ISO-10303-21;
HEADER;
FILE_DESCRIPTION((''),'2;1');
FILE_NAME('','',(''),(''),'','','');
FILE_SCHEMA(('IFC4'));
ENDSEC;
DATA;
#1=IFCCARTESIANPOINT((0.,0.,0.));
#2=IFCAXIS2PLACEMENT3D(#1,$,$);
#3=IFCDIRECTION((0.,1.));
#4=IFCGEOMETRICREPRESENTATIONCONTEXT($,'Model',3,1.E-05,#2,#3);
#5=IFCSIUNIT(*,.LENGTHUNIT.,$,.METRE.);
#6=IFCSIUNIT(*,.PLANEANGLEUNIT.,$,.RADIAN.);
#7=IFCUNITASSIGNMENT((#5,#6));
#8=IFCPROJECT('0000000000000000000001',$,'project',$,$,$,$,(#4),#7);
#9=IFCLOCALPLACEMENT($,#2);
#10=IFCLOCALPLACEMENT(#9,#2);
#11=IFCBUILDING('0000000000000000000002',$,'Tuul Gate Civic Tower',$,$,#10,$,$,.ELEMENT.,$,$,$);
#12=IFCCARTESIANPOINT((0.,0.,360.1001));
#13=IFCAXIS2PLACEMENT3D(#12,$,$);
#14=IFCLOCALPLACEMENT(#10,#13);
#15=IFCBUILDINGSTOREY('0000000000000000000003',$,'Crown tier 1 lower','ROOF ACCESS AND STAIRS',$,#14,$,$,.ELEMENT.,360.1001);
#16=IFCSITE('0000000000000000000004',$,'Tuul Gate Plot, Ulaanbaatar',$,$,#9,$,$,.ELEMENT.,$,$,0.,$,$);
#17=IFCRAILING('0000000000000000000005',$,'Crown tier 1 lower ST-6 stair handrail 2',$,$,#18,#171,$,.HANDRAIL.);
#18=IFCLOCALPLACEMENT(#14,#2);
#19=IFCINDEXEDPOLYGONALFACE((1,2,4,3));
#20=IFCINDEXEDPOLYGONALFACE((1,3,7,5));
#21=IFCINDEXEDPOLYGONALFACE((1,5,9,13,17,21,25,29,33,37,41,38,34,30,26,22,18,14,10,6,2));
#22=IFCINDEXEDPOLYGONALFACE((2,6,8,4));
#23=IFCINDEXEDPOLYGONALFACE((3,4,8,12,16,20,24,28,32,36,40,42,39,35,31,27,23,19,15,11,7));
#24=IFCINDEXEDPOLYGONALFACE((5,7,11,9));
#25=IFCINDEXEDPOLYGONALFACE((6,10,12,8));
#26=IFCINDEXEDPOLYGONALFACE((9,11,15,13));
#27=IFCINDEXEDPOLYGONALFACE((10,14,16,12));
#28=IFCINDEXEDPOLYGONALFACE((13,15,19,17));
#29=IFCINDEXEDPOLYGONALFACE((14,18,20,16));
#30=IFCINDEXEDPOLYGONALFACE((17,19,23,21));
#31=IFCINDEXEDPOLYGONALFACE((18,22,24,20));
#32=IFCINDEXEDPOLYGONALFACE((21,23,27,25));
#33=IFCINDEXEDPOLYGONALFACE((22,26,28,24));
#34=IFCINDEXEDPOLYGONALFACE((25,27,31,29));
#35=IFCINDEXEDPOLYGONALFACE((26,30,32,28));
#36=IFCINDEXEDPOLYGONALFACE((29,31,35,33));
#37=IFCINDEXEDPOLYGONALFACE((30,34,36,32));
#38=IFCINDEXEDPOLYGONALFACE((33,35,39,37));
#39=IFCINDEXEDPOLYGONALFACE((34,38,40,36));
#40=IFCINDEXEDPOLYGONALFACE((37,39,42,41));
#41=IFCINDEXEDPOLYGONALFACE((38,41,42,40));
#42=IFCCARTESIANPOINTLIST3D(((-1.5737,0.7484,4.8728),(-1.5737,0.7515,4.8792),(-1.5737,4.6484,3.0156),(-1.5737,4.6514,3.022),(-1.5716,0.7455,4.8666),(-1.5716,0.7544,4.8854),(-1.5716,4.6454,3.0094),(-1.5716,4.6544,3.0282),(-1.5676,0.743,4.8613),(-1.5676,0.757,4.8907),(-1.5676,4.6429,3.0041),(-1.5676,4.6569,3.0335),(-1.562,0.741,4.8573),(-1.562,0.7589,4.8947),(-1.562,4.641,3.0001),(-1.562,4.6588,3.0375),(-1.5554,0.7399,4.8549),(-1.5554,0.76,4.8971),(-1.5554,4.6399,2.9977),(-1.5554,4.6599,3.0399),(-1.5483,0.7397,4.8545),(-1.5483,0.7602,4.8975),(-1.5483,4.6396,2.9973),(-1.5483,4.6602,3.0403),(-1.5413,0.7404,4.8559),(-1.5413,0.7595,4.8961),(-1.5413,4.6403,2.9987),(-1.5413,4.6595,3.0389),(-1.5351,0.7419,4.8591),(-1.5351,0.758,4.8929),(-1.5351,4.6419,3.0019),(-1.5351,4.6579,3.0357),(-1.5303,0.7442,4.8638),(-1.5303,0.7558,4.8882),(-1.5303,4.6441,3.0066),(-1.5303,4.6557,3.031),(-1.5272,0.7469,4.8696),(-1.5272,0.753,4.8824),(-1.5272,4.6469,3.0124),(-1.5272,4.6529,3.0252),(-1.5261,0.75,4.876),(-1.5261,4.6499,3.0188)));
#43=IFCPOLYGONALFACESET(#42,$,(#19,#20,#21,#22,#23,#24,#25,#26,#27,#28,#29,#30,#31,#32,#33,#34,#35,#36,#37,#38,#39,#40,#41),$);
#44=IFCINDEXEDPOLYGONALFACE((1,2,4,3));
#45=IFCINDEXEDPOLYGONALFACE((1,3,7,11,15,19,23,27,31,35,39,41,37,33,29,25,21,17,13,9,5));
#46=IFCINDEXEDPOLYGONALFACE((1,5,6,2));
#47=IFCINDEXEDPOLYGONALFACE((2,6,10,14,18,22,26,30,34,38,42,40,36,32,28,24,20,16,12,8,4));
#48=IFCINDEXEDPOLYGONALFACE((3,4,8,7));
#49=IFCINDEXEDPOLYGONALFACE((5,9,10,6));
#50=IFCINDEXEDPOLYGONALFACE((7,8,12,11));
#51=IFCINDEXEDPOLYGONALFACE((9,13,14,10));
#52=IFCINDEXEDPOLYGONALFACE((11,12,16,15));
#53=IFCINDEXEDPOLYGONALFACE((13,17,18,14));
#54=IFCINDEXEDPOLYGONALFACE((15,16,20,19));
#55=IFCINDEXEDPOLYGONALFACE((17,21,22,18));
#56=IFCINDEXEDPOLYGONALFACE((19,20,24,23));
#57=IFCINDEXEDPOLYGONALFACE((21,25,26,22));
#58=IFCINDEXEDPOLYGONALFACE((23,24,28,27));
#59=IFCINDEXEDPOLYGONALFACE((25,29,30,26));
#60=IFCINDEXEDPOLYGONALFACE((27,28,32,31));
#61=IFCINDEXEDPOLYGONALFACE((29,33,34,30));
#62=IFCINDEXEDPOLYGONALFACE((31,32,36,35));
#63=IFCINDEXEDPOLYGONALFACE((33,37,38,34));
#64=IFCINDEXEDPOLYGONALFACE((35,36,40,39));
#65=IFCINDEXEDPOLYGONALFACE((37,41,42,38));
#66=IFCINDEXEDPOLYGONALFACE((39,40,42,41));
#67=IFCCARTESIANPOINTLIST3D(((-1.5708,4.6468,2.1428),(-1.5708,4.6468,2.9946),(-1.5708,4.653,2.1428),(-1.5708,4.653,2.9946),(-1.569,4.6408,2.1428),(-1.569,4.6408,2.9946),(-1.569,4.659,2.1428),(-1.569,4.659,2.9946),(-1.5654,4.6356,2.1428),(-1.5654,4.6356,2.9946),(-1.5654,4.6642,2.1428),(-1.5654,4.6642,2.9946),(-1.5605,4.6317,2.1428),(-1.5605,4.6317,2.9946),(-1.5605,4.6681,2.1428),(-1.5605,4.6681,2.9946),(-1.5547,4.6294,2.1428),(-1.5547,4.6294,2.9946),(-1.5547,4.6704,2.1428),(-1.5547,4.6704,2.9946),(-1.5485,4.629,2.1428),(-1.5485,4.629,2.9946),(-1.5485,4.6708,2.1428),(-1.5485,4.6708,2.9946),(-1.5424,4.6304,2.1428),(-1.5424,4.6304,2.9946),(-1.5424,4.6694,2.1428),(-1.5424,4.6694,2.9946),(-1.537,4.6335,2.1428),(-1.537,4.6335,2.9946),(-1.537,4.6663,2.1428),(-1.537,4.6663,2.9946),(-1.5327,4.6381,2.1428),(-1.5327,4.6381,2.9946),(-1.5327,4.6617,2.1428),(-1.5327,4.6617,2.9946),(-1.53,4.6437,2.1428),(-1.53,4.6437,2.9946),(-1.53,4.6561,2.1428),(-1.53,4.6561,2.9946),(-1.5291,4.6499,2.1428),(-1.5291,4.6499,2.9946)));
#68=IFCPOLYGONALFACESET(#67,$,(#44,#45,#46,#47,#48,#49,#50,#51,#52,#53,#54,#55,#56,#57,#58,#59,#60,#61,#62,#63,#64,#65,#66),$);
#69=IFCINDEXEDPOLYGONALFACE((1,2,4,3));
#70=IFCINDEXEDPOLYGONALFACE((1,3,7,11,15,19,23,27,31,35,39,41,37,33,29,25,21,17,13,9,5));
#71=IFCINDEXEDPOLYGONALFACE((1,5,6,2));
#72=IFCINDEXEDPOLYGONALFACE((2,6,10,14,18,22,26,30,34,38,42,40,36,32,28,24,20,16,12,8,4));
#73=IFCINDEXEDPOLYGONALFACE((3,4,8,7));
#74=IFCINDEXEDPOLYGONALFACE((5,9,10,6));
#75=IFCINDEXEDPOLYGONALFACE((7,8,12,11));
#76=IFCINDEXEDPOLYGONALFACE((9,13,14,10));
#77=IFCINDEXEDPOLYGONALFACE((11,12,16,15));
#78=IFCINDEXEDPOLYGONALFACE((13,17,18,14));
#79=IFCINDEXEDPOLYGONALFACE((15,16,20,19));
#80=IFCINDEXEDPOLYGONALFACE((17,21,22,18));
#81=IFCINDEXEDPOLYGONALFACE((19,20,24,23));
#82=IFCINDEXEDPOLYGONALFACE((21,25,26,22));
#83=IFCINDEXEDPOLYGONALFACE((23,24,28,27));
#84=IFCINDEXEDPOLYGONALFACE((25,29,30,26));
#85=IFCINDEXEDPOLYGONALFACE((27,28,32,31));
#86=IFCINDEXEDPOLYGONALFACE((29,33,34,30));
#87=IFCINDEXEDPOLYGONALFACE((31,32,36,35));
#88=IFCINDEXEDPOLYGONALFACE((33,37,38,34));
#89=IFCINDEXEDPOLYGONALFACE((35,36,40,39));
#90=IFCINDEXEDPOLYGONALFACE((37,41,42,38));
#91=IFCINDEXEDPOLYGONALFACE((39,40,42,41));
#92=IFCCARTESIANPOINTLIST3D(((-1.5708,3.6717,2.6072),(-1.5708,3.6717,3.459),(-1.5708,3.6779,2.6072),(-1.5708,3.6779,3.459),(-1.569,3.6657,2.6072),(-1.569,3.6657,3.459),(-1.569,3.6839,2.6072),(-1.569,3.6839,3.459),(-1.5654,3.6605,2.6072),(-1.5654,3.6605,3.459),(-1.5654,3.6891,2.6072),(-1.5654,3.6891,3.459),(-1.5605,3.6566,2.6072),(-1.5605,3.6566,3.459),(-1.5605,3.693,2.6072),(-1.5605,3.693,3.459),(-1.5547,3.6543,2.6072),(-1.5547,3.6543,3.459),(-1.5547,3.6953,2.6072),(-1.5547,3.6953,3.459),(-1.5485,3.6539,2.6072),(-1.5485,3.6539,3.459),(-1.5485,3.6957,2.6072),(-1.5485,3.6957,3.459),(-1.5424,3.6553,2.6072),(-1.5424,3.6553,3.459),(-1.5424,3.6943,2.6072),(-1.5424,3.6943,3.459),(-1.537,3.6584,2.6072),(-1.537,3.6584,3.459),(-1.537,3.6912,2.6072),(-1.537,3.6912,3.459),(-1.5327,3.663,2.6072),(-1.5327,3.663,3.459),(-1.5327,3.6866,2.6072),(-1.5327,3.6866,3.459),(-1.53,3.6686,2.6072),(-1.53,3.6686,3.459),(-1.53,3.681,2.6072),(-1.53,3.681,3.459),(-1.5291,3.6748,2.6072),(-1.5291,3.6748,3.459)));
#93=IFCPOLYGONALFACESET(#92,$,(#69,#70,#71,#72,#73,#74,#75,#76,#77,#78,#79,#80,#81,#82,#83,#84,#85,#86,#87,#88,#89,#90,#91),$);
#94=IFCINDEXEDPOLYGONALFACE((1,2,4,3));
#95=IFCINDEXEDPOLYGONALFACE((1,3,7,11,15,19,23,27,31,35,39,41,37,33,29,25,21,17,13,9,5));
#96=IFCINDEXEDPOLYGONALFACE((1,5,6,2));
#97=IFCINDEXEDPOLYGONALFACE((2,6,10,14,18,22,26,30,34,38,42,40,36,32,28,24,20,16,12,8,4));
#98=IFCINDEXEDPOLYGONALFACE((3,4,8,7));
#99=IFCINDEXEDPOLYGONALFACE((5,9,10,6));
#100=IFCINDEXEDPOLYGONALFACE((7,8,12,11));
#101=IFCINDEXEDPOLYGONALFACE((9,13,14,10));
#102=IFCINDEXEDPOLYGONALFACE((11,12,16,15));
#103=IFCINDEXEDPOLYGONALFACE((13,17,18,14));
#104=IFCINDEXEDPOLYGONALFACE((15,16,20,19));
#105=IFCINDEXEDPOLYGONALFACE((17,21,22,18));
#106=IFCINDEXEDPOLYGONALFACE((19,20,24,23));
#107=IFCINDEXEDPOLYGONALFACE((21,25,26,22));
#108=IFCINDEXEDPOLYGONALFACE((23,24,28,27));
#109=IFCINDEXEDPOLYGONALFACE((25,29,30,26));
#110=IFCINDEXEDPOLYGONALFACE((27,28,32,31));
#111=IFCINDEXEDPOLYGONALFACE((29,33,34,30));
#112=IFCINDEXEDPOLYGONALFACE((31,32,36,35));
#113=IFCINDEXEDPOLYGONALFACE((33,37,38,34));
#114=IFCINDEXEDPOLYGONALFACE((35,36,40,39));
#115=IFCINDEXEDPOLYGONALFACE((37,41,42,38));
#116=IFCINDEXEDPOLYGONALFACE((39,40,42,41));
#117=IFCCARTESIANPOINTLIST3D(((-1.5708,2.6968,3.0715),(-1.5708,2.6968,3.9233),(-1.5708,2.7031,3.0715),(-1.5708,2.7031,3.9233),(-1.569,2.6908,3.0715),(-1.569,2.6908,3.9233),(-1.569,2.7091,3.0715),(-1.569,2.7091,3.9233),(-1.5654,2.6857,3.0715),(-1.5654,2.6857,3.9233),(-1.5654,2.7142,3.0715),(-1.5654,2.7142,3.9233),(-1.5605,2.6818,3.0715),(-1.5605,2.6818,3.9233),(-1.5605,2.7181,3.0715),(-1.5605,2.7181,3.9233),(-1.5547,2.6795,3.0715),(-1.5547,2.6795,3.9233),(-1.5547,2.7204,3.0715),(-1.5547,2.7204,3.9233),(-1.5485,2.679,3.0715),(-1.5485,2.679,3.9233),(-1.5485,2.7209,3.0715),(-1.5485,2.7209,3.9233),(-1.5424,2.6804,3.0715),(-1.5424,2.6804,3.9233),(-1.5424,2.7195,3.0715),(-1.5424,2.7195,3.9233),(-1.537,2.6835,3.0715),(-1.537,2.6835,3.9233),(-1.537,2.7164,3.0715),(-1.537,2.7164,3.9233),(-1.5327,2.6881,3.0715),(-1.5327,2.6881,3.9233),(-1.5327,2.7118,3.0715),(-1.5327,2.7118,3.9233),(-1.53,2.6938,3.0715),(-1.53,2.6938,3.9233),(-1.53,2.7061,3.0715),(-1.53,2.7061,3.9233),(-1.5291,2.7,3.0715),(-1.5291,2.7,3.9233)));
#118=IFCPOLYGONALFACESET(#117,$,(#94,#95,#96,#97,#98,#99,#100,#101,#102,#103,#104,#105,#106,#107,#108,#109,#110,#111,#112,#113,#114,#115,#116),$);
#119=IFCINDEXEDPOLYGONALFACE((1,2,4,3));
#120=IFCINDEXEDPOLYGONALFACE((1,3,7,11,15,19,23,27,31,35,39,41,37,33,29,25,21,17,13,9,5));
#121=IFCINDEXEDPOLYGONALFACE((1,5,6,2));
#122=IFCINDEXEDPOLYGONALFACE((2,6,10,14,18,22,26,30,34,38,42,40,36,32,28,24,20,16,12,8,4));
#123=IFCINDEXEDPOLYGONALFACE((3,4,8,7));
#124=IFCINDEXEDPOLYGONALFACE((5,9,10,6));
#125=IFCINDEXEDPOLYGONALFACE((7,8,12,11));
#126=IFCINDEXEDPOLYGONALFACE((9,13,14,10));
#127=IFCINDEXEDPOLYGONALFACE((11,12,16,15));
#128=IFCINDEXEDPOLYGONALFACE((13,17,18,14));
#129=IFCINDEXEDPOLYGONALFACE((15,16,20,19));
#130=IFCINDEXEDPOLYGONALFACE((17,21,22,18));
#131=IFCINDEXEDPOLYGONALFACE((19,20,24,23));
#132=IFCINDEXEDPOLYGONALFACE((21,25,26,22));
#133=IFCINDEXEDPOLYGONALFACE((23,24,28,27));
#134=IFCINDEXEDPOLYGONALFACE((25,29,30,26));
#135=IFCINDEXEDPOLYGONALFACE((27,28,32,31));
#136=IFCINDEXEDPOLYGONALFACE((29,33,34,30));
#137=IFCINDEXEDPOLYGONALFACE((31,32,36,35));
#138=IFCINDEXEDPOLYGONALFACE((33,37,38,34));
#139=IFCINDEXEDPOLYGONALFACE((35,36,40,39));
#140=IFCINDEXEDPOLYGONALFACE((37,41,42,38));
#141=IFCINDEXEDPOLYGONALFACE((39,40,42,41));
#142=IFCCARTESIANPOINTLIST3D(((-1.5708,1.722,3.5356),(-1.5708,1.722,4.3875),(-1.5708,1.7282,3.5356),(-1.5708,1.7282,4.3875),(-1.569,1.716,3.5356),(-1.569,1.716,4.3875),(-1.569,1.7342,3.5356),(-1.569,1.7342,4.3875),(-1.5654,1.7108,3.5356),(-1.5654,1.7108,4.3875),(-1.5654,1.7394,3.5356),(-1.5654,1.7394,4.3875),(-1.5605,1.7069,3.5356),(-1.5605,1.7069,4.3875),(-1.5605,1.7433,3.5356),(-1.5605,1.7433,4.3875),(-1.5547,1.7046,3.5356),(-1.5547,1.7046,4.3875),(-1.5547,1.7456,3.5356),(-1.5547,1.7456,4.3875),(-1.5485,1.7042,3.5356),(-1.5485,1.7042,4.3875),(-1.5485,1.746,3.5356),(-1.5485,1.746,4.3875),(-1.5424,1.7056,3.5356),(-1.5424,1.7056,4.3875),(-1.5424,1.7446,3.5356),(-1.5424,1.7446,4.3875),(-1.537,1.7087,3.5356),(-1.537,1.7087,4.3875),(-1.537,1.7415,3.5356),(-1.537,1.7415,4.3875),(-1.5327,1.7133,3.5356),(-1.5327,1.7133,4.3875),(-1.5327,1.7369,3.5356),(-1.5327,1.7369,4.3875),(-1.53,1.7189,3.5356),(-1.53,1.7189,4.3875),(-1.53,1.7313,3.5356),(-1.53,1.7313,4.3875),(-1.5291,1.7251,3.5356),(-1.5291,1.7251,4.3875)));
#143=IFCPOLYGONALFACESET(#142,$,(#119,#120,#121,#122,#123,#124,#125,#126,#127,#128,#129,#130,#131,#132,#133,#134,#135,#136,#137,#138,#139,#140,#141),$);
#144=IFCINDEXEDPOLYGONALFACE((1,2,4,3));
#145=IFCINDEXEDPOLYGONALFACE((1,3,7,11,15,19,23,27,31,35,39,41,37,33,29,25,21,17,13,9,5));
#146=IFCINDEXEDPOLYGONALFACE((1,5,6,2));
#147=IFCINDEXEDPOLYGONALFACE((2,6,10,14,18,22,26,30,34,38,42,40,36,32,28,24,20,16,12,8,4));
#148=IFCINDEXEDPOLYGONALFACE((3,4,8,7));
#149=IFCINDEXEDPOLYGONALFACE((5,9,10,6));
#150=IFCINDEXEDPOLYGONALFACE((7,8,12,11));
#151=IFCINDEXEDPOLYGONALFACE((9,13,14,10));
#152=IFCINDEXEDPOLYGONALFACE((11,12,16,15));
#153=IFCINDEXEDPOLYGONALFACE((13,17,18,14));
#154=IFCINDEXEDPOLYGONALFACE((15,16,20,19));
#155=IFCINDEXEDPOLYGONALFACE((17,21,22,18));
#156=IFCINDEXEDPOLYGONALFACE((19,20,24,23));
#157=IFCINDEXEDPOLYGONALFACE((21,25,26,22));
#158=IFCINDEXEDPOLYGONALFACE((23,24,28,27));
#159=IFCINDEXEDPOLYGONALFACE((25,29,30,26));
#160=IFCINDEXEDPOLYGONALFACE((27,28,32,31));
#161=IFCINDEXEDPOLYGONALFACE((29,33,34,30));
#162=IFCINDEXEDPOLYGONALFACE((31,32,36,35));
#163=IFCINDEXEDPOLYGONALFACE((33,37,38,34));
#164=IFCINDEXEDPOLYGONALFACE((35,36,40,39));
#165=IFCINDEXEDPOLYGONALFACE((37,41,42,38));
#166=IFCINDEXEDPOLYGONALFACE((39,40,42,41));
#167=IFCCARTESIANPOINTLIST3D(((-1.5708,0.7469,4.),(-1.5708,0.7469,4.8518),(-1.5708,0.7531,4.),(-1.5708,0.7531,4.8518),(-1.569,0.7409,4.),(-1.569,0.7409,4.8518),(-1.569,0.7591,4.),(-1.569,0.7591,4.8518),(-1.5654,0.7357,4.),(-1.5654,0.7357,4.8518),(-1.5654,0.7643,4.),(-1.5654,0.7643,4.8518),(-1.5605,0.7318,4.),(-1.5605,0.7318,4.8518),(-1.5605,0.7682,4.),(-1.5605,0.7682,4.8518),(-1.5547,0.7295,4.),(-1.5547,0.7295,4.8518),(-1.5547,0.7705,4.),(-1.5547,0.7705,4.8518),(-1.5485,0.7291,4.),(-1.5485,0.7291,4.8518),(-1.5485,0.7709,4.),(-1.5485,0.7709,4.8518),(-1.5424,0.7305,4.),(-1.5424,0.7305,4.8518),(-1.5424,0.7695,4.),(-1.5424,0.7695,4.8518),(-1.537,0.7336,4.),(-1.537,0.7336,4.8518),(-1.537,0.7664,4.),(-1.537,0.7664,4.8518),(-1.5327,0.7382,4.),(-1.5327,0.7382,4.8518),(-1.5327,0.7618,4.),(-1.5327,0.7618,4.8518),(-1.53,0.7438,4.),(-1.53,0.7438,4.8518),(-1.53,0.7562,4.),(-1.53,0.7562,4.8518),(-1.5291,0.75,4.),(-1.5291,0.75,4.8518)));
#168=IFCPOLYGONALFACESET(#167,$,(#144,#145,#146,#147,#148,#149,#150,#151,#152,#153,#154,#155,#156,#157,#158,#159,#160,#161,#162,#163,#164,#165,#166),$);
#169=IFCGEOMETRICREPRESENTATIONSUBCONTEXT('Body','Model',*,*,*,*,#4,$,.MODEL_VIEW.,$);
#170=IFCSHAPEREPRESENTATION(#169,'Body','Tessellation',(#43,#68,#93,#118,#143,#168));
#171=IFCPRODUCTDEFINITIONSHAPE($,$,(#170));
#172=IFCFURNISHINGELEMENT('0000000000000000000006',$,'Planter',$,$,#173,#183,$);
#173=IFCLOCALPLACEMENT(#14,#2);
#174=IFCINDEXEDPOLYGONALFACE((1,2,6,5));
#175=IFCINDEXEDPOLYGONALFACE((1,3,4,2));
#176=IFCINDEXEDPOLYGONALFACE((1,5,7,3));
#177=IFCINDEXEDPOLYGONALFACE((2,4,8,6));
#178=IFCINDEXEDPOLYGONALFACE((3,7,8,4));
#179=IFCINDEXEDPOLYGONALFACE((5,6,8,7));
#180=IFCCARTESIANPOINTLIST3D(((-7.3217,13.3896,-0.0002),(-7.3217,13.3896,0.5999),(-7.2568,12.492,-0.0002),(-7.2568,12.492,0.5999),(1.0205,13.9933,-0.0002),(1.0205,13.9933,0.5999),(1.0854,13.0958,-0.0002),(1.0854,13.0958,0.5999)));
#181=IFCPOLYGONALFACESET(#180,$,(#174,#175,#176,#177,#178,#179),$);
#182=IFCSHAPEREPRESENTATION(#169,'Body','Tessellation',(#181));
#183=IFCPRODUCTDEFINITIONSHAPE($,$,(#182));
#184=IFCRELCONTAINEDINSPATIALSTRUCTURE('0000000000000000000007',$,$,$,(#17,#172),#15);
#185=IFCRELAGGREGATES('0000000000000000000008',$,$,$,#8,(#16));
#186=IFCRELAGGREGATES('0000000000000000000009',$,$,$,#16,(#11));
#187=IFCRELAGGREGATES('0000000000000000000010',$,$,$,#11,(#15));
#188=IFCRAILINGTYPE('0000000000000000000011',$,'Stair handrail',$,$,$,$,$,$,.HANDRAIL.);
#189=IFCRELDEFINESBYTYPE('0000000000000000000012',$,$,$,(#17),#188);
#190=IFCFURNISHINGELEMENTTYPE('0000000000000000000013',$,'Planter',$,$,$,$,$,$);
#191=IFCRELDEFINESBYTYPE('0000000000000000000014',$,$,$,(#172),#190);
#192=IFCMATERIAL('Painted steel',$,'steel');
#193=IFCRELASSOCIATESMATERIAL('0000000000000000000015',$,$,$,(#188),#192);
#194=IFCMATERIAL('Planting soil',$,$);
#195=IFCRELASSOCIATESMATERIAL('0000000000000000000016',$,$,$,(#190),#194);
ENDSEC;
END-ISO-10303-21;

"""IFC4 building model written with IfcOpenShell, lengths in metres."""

from ifc_helpers import new_model, si_unit, direction, frame, origin, origin_2d, place, context, subcontext, project, spatial, rectangle, circle, extrude, material, type_object, element, save


model = new_model("IFC4")

# Units and contexts
model_context = context("Model", 3, precision=1e-05, world=origin(), true_north=direction((0.0, 1.0)))
body_context = subcontext(model_context, "Body", "Model", "MODEL_VIEW")
ifc_project = project(units=[si_unit("LENGTHUNIT", "METRE"), si_unit("PLANEANGLEUNIT", "RADIAN")], contexts=[model_context])

# Site, building, storey
site_placement = place(None, origin())
site = spatial("IfcSite", under=ifc_project, at=site_placement, Name="Tuul Gate Plot, Ulaanbaatar", CompositionType="ELEMENT", RefElevation=0.0)
building_placement = place(site_placement, origin())
building = spatial("IfcBuilding", under=site, at=building_placement, Name="Tuul Gate Civic Tower", CompositionType="ELEMENT")
storey_placement = place(building_placement, frame((0.0, 0.0, 360.1001)))
storey = spatial("IfcBuildingStorey", under=building, at=storey_placement, Name="Crown tier 1 lower", Description="ROOF ACCESS AND STAIRS", CompositionType="ELEMENT", Elevation=360.1001)

# Railing
ifc_material_1 = material(Name="Painted steel", Category="steel")
railing_type_1 = type_object("IfcRailingType", Name="Stair handrail", PredefinedType="HANDRAIL", material=ifc_material_1)
railing_1_placement = place(storey_placement, frame((-1.55, 4.6499, 2.1428)))
element("IfcRailing", 1, at=railing_1_placement, inside=storey, type_object=railing_type_1, Name="Crown tier 1 lower ST-6 stair handrail 2", PredefinedType="HANDRAIL", context=body_context, shape_type="SweptSolid", body=[
    extrude(circle(Radius=0.0239, at=origin_2d()), frame((0.0, 0.0, 0.876), z_axis=(0.0, -0.902853, 0.429949), x_axis=(1.0, 0.0, 0.0)), (0.0, 0.0, 1.0), 4.3196),
    extrude(circle(Radius=0.021, at=origin_2d()), origin(), (0.0, 0.0, 1.0), 0.8518),
    extrude(circle(Radius=0.021, at=origin_2d()), frame((0.0, -0.9751, 0.4644)), (0.0, 0.0, 1.0), 0.8518),
    extrude(circle(Radius=0.021, at=origin_2d()), frame((0.0, -1.95, 0.9287)), (0.0, 0.0, 1.0), 0.8518),
    extrude(circle(Radius=0.021, at=origin_2d()), frame((0.0, -2.9248, 1.3928)), (0.0, 0.0, 1.0), 0.8518),
    extrude(circle(Radius=0.021, at=origin_2d()), frame((0.0, -3.8999, 1.8572)), (0.0, 0.0, 1.0), 0.8518),
])

# Furnishing element
ifc_material_2 = material(Name="Planting soil")
furnishing_element_type = type_object("IfcFurnishingElementType", Name="Planter", material=ifc_material_2)
furnishing_placement = place(storey_placement, frame((-3.1182, 13.2427, -0.0002), z_axis=(0.0, 0.0, 1.0), x_axis=(-0.997391, -0.072185, 0.0)))
element("IfcFurnishingElement", 2, at=furnishing_placement, inside=storey, type_object=furnishing_element_type, Name="Planter", context=body_context, shape_type="SweptSolid", body=[
    extrude(rectangle(XDim=8.364, YDim=0.8999, at=origin_2d()), origin(), (0.0, 0.0, 1.0), 0.6001),
])

save(model, "model.ifc")
